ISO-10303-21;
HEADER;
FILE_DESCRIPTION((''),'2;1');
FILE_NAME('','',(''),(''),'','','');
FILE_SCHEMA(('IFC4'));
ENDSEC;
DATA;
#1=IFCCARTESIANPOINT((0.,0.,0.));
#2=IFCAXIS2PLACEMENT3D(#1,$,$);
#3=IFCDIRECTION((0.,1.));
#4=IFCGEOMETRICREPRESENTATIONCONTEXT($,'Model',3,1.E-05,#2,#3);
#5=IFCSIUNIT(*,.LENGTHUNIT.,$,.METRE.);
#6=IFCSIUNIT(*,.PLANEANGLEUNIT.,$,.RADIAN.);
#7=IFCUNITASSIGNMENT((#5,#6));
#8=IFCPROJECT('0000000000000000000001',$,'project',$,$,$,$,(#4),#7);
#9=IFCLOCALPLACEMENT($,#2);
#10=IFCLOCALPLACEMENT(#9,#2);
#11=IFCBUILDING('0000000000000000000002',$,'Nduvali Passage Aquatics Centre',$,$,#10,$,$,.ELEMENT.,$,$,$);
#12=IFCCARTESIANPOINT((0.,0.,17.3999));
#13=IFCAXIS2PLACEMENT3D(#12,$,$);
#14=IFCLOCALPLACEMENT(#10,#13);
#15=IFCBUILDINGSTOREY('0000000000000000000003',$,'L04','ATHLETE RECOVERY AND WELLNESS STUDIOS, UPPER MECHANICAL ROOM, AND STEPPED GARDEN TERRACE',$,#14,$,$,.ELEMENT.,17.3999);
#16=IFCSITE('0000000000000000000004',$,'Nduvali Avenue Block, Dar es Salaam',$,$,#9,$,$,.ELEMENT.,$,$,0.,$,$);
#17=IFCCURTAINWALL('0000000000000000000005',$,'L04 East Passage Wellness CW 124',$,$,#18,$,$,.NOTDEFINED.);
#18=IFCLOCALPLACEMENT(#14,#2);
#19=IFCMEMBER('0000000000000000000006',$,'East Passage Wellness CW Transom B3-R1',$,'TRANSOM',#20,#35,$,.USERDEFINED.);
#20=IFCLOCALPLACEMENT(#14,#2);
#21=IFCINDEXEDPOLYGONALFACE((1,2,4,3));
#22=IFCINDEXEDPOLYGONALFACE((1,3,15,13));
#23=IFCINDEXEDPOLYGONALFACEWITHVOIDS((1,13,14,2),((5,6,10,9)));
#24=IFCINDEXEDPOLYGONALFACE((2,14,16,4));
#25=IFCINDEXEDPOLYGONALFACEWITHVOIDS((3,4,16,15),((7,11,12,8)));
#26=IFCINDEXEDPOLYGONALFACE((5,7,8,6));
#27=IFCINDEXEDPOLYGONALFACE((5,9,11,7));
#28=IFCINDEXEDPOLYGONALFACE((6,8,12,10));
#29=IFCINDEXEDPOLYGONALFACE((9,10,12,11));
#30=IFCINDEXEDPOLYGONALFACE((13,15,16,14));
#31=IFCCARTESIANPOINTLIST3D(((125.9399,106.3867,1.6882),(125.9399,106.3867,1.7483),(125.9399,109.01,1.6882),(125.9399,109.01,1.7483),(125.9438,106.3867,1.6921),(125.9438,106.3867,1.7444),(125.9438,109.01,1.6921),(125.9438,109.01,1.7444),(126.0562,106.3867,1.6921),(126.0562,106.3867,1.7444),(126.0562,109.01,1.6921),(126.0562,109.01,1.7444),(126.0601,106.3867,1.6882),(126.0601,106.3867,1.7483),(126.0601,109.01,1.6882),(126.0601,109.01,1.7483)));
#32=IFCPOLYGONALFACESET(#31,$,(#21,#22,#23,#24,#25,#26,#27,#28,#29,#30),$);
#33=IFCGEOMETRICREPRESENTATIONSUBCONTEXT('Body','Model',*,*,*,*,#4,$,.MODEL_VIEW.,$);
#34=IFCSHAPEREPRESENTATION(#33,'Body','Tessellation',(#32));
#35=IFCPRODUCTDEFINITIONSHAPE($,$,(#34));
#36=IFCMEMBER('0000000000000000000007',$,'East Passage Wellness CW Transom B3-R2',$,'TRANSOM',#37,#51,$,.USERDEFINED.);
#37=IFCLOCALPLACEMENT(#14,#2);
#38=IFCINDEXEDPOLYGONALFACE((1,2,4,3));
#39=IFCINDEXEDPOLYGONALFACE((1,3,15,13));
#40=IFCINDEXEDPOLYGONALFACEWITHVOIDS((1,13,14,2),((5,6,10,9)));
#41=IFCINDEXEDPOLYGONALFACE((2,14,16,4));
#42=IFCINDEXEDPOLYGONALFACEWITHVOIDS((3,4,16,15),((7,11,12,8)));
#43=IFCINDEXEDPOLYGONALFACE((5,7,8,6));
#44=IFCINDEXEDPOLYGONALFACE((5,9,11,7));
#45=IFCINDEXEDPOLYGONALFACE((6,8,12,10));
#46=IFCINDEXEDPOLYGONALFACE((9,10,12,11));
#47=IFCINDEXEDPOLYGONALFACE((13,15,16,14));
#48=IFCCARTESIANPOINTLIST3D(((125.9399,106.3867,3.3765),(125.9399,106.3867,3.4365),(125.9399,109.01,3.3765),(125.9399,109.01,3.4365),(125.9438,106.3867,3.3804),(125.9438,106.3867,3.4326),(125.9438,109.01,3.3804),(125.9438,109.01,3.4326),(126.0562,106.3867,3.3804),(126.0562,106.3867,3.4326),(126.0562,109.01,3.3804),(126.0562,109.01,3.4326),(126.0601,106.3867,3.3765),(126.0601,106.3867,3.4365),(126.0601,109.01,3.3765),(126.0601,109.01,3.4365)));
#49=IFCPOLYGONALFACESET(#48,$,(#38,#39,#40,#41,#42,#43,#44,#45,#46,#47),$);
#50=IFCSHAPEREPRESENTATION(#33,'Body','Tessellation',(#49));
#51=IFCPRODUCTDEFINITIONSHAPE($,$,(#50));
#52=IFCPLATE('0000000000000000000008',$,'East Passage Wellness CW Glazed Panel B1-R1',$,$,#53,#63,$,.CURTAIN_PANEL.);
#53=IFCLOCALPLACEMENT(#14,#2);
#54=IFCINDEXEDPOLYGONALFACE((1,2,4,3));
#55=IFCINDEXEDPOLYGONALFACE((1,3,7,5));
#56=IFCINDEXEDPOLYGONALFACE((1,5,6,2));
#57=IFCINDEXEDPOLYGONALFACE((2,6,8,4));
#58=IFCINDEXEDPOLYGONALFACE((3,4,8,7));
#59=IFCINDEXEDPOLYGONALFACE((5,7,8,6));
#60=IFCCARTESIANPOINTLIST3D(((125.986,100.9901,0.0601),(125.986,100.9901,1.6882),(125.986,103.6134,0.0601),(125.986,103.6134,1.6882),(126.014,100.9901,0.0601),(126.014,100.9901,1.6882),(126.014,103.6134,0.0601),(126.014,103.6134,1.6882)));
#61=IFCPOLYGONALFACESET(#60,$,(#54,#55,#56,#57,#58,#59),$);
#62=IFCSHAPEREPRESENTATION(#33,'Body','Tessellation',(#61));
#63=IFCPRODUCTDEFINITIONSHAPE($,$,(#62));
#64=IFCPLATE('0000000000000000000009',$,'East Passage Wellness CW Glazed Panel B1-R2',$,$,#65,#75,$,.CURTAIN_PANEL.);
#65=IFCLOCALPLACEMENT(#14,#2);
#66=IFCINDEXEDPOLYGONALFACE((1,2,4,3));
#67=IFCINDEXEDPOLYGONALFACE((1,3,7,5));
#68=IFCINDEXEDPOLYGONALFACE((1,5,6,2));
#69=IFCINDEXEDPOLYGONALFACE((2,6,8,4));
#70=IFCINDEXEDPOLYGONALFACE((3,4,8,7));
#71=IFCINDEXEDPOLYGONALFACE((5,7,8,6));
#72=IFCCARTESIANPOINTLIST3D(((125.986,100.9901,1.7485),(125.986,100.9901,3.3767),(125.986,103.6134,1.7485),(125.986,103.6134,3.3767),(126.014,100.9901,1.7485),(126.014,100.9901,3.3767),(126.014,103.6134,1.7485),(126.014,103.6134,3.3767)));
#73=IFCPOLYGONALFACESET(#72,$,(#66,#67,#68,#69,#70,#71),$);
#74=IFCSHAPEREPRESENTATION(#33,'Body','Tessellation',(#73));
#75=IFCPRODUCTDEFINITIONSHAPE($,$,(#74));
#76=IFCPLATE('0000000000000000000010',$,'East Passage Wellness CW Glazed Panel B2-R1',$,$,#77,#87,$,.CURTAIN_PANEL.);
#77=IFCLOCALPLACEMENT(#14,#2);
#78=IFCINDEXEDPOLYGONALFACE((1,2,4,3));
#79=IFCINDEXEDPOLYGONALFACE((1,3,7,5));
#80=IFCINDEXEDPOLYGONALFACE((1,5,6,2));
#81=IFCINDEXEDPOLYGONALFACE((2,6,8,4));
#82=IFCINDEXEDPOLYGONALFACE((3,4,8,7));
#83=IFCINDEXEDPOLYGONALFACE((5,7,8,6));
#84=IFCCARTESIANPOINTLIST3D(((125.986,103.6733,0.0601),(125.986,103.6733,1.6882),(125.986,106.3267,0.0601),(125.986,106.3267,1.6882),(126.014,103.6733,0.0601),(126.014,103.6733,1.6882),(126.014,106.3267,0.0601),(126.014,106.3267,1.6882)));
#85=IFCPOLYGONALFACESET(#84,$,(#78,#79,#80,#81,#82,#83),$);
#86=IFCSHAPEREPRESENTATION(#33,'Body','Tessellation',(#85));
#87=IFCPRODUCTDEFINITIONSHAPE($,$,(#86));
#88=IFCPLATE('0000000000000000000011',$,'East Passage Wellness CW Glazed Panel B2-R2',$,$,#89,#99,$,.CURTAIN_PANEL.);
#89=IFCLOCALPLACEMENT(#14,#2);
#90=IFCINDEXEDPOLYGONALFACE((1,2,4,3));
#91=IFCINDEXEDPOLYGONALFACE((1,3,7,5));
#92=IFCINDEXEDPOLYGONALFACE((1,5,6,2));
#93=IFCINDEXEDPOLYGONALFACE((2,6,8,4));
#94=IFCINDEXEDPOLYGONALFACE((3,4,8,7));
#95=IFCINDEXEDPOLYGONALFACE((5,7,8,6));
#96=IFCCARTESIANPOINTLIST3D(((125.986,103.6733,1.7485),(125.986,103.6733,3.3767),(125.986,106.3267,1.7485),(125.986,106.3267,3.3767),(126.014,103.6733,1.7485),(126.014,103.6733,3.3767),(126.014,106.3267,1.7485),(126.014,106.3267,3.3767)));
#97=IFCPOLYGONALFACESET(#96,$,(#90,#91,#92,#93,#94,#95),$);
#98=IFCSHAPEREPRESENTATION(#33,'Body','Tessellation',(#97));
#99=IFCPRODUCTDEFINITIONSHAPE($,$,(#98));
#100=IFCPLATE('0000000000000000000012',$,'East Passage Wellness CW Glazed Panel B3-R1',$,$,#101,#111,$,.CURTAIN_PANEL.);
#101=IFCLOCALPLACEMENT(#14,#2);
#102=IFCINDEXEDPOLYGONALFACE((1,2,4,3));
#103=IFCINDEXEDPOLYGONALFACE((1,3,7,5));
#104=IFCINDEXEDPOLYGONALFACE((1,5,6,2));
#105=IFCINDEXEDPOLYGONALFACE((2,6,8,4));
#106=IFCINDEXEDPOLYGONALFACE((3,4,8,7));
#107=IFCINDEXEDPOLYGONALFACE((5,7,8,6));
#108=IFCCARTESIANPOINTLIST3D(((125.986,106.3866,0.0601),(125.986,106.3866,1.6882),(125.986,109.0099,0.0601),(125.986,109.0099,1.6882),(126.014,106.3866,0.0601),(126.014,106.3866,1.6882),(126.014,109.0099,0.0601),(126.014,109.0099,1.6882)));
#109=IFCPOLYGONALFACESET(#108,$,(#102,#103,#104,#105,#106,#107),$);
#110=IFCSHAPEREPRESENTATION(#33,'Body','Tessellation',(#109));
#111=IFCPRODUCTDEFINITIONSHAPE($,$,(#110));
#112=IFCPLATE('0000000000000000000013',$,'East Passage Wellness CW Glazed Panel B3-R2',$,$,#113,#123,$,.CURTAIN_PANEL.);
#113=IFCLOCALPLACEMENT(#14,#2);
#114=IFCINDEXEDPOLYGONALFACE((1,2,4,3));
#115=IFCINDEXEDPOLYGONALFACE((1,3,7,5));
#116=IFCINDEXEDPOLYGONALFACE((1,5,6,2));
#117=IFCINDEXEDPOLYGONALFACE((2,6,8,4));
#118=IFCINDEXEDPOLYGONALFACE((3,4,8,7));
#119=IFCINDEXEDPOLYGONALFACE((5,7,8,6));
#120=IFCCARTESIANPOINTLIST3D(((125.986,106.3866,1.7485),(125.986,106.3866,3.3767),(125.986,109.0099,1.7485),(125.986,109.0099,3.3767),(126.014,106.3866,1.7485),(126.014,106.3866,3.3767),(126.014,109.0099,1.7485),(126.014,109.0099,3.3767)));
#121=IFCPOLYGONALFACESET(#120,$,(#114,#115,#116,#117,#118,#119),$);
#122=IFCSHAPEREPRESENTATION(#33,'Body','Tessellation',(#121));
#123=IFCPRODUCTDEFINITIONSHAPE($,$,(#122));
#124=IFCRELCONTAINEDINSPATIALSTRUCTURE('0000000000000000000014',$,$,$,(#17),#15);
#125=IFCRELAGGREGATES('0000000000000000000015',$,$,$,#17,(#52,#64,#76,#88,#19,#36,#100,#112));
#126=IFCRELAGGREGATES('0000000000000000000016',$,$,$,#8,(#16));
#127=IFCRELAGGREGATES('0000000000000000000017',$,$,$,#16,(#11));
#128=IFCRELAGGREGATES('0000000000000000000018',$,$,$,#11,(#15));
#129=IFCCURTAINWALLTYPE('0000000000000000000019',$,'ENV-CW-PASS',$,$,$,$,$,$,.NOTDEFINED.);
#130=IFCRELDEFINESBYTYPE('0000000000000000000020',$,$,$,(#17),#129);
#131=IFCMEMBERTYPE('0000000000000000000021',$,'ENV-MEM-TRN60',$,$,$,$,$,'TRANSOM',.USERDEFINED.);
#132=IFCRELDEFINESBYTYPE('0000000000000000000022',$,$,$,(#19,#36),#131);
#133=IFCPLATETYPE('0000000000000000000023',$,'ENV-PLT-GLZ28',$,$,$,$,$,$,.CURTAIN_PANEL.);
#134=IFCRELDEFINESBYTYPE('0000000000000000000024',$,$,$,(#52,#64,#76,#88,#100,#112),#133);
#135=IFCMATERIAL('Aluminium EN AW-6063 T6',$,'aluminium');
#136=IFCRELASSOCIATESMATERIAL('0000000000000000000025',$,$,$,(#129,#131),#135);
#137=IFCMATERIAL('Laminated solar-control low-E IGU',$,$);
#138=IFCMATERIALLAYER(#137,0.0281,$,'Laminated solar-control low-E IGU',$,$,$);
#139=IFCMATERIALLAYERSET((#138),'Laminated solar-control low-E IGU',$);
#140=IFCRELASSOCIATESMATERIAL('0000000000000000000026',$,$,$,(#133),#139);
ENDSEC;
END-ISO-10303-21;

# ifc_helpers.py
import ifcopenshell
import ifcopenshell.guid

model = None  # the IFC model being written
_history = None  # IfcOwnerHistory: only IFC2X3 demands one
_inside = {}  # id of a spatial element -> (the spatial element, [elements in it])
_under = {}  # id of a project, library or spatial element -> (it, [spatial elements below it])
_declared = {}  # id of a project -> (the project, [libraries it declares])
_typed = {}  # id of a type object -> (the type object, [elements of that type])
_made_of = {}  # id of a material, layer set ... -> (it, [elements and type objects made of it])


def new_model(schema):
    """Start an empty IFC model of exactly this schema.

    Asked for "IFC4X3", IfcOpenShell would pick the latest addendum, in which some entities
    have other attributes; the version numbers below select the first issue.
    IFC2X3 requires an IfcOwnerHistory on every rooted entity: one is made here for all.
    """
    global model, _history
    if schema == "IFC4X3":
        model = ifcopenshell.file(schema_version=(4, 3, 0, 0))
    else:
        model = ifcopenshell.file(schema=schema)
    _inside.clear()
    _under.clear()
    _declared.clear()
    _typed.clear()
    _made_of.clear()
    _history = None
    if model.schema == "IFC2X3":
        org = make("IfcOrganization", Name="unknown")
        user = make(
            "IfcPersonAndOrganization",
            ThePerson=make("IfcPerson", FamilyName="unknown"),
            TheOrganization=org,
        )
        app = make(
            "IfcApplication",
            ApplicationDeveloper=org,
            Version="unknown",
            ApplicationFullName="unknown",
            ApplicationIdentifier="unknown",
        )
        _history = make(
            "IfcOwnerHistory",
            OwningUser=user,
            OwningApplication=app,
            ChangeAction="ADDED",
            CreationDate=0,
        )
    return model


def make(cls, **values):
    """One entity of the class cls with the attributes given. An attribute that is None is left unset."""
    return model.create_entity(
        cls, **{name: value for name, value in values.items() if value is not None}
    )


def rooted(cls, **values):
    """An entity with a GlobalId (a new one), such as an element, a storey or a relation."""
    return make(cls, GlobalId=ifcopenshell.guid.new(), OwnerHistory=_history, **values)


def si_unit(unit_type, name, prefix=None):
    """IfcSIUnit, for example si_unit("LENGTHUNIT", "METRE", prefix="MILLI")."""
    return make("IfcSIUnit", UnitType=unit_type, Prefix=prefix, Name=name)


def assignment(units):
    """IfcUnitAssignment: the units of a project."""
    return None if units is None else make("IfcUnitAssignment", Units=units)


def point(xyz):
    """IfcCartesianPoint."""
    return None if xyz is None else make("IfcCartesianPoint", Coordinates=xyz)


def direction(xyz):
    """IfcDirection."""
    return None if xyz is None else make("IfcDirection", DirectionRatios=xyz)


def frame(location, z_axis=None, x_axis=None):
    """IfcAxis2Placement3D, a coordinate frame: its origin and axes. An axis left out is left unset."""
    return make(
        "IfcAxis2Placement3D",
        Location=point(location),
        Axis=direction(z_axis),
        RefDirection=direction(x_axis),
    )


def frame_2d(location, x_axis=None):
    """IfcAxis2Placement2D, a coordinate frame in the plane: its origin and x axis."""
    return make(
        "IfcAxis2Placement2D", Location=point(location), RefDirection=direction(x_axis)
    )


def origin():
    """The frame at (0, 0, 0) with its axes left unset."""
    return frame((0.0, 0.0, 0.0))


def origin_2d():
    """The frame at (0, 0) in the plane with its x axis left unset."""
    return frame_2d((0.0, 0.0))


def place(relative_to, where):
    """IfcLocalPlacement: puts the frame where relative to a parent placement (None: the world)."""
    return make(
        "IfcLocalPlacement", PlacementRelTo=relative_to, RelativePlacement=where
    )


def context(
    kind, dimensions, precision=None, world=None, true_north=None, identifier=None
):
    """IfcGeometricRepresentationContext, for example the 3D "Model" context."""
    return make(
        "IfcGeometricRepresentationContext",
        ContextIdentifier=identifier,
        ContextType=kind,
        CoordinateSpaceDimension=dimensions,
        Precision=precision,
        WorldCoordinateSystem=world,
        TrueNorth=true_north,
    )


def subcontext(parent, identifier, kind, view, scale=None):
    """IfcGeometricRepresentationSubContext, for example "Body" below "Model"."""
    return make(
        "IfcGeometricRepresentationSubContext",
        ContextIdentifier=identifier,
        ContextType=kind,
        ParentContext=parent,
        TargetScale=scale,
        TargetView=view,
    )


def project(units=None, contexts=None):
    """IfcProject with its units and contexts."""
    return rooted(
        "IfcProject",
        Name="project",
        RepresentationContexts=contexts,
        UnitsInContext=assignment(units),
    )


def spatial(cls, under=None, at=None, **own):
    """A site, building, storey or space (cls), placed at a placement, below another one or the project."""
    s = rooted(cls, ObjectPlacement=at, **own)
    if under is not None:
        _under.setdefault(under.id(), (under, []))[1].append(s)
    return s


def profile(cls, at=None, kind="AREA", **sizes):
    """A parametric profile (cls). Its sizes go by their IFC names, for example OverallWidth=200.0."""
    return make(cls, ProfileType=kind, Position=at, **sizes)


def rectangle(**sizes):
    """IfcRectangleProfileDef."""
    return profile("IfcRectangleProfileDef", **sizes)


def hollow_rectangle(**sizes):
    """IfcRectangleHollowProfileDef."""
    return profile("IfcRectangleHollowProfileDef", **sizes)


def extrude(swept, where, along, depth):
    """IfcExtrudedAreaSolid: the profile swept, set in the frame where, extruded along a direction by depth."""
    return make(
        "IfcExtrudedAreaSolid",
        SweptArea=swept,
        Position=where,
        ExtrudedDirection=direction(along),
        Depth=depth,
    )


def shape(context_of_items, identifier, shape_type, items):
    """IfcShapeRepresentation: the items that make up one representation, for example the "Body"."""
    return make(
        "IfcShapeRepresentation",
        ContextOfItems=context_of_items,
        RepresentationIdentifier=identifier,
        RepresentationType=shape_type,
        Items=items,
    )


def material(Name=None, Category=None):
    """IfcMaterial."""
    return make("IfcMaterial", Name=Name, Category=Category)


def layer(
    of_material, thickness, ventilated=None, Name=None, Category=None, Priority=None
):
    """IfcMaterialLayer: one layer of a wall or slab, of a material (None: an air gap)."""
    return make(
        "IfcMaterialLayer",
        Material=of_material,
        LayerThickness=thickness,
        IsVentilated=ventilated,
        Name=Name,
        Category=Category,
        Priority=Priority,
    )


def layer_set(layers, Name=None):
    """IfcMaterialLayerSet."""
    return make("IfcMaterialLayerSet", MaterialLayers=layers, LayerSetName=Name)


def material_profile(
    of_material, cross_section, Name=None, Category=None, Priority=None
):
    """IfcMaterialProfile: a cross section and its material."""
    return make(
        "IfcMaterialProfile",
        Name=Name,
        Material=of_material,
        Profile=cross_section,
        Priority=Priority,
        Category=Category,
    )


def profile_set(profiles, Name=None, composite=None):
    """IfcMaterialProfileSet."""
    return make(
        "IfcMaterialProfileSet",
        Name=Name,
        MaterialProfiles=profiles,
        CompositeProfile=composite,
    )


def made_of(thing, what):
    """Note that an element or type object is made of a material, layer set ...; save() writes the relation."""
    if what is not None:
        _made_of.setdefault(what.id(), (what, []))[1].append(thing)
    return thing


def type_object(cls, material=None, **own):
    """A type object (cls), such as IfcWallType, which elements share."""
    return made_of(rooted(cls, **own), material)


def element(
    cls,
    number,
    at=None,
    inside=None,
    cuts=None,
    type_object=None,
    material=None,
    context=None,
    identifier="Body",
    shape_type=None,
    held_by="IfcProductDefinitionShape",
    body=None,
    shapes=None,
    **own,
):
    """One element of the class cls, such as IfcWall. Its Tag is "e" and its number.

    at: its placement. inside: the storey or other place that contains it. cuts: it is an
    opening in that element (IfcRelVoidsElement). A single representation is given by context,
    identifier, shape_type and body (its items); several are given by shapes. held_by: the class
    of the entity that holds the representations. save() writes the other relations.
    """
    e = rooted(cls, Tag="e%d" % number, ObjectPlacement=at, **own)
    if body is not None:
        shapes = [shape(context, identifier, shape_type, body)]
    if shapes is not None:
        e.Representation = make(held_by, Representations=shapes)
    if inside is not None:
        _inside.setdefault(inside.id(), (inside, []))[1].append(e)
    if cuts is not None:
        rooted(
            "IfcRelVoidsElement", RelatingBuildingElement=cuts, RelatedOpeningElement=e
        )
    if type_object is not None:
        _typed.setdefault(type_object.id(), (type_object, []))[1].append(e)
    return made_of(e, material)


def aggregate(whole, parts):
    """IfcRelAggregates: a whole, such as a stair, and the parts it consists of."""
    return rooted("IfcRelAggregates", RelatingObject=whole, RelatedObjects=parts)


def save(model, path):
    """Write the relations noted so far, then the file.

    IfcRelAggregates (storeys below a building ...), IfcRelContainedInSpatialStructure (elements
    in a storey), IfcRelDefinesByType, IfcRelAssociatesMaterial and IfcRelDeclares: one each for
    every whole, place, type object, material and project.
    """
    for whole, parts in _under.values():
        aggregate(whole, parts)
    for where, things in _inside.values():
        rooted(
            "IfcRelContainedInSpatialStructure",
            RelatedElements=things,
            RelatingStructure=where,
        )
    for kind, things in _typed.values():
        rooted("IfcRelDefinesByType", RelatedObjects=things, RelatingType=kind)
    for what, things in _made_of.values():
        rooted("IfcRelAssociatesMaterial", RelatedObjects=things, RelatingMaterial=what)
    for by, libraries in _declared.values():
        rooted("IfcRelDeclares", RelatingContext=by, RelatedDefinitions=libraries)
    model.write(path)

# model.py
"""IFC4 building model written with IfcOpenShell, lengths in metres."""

from ifc_helpers import new_model, si_unit, direction, frame, origin, origin_2d, place, context, subcontext, project, spatial, rectangle, hollow_rectangle, extrude, material, layer, layer_set, material_profile, profile_set, type_object, element, aggregate, save


model = new_model("IFC4")

# Units and contexts
model_context = context("Model", 3, precision=1e-05, world=origin(), true_north=direction((0.0, 1.0)))
body_context = subcontext(model_context, "Body", "Model", "MODEL_VIEW")
ifc_project = project(units=[si_unit("LENGTHUNIT", "METRE"), si_unit("PLANEANGLEUNIT", "RADIAN")], contexts=[model_context])

# Site, building, storey
site_placement = place(None, origin())
site = spatial("IfcSite", under=ifc_project, at=site_placement, Name="Nduvali Avenue Block, Dar es Salaam", CompositionType="ELEMENT", RefElevation=0.0)
building_placement = place(site_placement, origin())
building = spatial("IfcBuilding", under=site, at=building_placement, Name="Nduvali Passage Aquatics Centre", CompositionType="ELEMENT")
storey_placement = place(building_placement, frame((0.0, 0.0, 17.3999)))
storey = spatial("IfcBuildingStorey", under=building, at=storey_placement, Name="L04", Description="ATHLETE RECOVERY AND WELLNESS STUDIOS, UPPER MECHANICAL ROOM, AND STEPPED GARDEN TERRACE", CompositionType="ELEMENT", Elevation=17.3999)

# Curtain wall, members, plates
ifc_material_1 = material(Name="Aluminium EN AW-6063 T6", Category="aluminium")
curtain_wall_type = type_object("IfcCurtainWallType", Name="ENV-CW-PASS", PredefinedType="NOTDEFINED", material=ifc_material_1)
curtain_wall_placement = place(storey_placement, origin())
curtain_wall = element("IfcCurtainWall", 1, at=curtain_wall_placement, inside=storey, type_object=curtain_wall_type, Name="L04 East Passage Wellness CW 124", PredefinedType="NOTDEFINED")
ifc_material_profile_1 = material_profile(ifc_material_1, hollow_rectangle(XDim=0.1201, YDim=0.0601, WallThickness=0.0039, at=origin_2d()), Name="ALU TRANSOM 120x60x4")
ifc_profile_set_1 = profile_set([ifc_material_profile_1], Name="Aluminium EN AW-6063 T6")
member_type_1 = type_object("IfcMemberType", Name="ENV-MEM-TRN60", ElementType="TRANSOM", PredefinedType="USERDEFINED", material=ifc_profile_set_1)
member_1_placement = place(storey_placement, frame((126.0, 106.3867, 1.7183), z_axis=(0.0, 1.0, 0.0), x_axis=(-1.0, 0.0, 0.0)))
member_1 = element("IfcMember", 2, at=member_1_placement, type_object=member_type_1, Name="East Passage Wellness CW Transom B3-R1", ObjectType="TRANSOM", PredefinedType="USERDEFINED", context=body_context, shape_type="SweptSolid", body=[
    extrude(hollow_rectangle(XDim=0.1201, YDim=0.0601, WallThickness=0.0039, at=origin_2d()), origin(), (0.0, 0.0, 1.0), 2.6233),
])
member_2_placement = place(storey_placement, frame((126.0, 106.3867, 3.4065), z_axis=(0.0, 1.0, 0.0), x_axis=(-1.0, 0.0, 0.0)))
member_2 = element("IfcMember", 3, at=member_2_placement, type_object=member_type_1, Name="East Passage Wellness CW Transom B3-R2", ObjectType="TRANSOM", PredefinedType="USERDEFINED", context=body_context, shape_type="SweptSolid", body=[
    extrude(hollow_rectangle(XDim=0.1201, YDim=0.0601, WallThickness=0.0039, at=origin_2d()), origin(), (0.0, 0.0, 1.0), 2.6233),
])
ifc_material_2 = material(Name="Laminated solar-control low-E IGU")
ifc_layer = layer(ifc_material_2, 0.0281, Name="Laminated solar-control low-E IGU")
ifc_layer_set = layer_set([ifc_layer], Name="Laminated solar-control low-E IGU")
plate_type = type_object("IfcPlateType", Name="ENV-PLT-GLZ28", PredefinedType="CURTAIN_PANEL", material=ifc_layer_set)
plate_1_placement = place(storey_placement, frame((126.0, 102.3018, 0.0601), z_axis=(0.0, 0.0, 1.0), x_axis=(0.0, 1.0, 0.0)))
plate_1 = element("IfcPlate", 4, at=plate_1_placement, type_object=plate_type, Name="East Passage Wellness CW Glazed Panel B1-R1", PredefinedType="CURTAIN_PANEL", context=body_context, shape_type="SweptSolid", body=[
    extrude(rectangle(XDim=2.6233, YDim=0.0281, at=origin_2d()), origin(), (0.0, 0.0, 1.0), 1.6282),
])
plate_2_placement = place(storey_placement, frame((126.0, 102.3018, 1.7485), z_axis=(0.0, 0.0, 1.0), x_axis=(0.0, 1.0, 0.0)))
plate_2 = element("IfcPlate", 5, at=plate_2_placement, type_object=plate_type, Name="East Passage Wellness CW Glazed Panel B1-R2", PredefinedType="CURTAIN_PANEL", context=body_context, shape_type="SweptSolid", body=[
    extrude(rectangle(XDim=2.6233, YDim=0.0281, at=origin_2d()), origin(), (0.0, 0.0, 1.0), 1.6282),
])
plate_3_placement = place(storey_placement, frame((126.0, 105.0, 0.0601), z_axis=(0.0, 0.0, 1.0), x_axis=(0.0, 1.0, 0.0)))
plate_3 = element("IfcPlate", 6, at=plate_3_placement, type_object=plate_type, Name="East Passage Wellness CW Glazed Panel B2-R1", PredefinedType="CURTAIN_PANEL", context=body_context, shape_type="SweptSolid", body=[
    extrude(rectangle(XDim=2.6533, YDim=0.0281, at=origin_2d()), origin(), (0.0, 0.0, 1.0), 1.6282),
])
plate_4_placement = place(storey_placement, frame((126.0, 105.0, 1.7485), z_axis=(0.0, 0.0, 1.0), x_axis=(0.0, 1.0, 0.0)))
plate_4 = element("IfcPlate", 7, at=plate_4_placement, type_object=plate_type, Name="East Passage Wellness CW Glazed Panel B2-R2", PredefinedType="CURTAIN_PANEL", context=body_context, shape_type="SweptSolid", body=[
    extrude(rectangle(XDim=2.6533, YDim=0.0281, at=origin_2d()), origin(), (0.0, 0.0, 1.0), 1.6282),
])
plate_5_placement = place(storey_placement, frame((126.0, 107.6982, 0.0601), z_axis=(0.0, 0.0, 1.0), x_axis=(0.0, 1.0, 0.0)))
plate_5 = element("IfcPlate", 8, at=plate_5_placement, type_object=plate_type, Name="East Passage Wellness CW Glazed Panel B3-R1", PredefinedType="CURTAIN_PANEL", context=body_context, shape_type="SweptSolid", body=[
    extrude(rectangle(XDim=2.6233, YDim=0.0281, at=origin_2d()), origin(), (0.0, 0.0, 1.0), 1.6282),
])
plate_6_placement = place(storey_placement, frame((126.0, 107.6982, 1.7485), z_axis=(0.0, 0.0, 1.0), x_axis=(0.0, 1.0, 0.0)))
plate_6 = element("IfcPlate", 9, at=plate_6_placement, type_object=plate_type, Name="East Passage Wellness CW Glazed Panel B3-R2", PredefinedType="CURTAIN_PANEL", context=body_context, shape_type="SweptSolid", body=[
    extrude(rectangle(XDim=2.6233, YDim=0.0281, at=origin_2d()), origin(), (0.0, 0.0, 1.0), 1.6282),
])
aggregate(curtain_wall, [plate_1, plate_2, plate_3, plate_4, member_1, member_2, plate_5, plate_6])

save(model, "model.ifc")
